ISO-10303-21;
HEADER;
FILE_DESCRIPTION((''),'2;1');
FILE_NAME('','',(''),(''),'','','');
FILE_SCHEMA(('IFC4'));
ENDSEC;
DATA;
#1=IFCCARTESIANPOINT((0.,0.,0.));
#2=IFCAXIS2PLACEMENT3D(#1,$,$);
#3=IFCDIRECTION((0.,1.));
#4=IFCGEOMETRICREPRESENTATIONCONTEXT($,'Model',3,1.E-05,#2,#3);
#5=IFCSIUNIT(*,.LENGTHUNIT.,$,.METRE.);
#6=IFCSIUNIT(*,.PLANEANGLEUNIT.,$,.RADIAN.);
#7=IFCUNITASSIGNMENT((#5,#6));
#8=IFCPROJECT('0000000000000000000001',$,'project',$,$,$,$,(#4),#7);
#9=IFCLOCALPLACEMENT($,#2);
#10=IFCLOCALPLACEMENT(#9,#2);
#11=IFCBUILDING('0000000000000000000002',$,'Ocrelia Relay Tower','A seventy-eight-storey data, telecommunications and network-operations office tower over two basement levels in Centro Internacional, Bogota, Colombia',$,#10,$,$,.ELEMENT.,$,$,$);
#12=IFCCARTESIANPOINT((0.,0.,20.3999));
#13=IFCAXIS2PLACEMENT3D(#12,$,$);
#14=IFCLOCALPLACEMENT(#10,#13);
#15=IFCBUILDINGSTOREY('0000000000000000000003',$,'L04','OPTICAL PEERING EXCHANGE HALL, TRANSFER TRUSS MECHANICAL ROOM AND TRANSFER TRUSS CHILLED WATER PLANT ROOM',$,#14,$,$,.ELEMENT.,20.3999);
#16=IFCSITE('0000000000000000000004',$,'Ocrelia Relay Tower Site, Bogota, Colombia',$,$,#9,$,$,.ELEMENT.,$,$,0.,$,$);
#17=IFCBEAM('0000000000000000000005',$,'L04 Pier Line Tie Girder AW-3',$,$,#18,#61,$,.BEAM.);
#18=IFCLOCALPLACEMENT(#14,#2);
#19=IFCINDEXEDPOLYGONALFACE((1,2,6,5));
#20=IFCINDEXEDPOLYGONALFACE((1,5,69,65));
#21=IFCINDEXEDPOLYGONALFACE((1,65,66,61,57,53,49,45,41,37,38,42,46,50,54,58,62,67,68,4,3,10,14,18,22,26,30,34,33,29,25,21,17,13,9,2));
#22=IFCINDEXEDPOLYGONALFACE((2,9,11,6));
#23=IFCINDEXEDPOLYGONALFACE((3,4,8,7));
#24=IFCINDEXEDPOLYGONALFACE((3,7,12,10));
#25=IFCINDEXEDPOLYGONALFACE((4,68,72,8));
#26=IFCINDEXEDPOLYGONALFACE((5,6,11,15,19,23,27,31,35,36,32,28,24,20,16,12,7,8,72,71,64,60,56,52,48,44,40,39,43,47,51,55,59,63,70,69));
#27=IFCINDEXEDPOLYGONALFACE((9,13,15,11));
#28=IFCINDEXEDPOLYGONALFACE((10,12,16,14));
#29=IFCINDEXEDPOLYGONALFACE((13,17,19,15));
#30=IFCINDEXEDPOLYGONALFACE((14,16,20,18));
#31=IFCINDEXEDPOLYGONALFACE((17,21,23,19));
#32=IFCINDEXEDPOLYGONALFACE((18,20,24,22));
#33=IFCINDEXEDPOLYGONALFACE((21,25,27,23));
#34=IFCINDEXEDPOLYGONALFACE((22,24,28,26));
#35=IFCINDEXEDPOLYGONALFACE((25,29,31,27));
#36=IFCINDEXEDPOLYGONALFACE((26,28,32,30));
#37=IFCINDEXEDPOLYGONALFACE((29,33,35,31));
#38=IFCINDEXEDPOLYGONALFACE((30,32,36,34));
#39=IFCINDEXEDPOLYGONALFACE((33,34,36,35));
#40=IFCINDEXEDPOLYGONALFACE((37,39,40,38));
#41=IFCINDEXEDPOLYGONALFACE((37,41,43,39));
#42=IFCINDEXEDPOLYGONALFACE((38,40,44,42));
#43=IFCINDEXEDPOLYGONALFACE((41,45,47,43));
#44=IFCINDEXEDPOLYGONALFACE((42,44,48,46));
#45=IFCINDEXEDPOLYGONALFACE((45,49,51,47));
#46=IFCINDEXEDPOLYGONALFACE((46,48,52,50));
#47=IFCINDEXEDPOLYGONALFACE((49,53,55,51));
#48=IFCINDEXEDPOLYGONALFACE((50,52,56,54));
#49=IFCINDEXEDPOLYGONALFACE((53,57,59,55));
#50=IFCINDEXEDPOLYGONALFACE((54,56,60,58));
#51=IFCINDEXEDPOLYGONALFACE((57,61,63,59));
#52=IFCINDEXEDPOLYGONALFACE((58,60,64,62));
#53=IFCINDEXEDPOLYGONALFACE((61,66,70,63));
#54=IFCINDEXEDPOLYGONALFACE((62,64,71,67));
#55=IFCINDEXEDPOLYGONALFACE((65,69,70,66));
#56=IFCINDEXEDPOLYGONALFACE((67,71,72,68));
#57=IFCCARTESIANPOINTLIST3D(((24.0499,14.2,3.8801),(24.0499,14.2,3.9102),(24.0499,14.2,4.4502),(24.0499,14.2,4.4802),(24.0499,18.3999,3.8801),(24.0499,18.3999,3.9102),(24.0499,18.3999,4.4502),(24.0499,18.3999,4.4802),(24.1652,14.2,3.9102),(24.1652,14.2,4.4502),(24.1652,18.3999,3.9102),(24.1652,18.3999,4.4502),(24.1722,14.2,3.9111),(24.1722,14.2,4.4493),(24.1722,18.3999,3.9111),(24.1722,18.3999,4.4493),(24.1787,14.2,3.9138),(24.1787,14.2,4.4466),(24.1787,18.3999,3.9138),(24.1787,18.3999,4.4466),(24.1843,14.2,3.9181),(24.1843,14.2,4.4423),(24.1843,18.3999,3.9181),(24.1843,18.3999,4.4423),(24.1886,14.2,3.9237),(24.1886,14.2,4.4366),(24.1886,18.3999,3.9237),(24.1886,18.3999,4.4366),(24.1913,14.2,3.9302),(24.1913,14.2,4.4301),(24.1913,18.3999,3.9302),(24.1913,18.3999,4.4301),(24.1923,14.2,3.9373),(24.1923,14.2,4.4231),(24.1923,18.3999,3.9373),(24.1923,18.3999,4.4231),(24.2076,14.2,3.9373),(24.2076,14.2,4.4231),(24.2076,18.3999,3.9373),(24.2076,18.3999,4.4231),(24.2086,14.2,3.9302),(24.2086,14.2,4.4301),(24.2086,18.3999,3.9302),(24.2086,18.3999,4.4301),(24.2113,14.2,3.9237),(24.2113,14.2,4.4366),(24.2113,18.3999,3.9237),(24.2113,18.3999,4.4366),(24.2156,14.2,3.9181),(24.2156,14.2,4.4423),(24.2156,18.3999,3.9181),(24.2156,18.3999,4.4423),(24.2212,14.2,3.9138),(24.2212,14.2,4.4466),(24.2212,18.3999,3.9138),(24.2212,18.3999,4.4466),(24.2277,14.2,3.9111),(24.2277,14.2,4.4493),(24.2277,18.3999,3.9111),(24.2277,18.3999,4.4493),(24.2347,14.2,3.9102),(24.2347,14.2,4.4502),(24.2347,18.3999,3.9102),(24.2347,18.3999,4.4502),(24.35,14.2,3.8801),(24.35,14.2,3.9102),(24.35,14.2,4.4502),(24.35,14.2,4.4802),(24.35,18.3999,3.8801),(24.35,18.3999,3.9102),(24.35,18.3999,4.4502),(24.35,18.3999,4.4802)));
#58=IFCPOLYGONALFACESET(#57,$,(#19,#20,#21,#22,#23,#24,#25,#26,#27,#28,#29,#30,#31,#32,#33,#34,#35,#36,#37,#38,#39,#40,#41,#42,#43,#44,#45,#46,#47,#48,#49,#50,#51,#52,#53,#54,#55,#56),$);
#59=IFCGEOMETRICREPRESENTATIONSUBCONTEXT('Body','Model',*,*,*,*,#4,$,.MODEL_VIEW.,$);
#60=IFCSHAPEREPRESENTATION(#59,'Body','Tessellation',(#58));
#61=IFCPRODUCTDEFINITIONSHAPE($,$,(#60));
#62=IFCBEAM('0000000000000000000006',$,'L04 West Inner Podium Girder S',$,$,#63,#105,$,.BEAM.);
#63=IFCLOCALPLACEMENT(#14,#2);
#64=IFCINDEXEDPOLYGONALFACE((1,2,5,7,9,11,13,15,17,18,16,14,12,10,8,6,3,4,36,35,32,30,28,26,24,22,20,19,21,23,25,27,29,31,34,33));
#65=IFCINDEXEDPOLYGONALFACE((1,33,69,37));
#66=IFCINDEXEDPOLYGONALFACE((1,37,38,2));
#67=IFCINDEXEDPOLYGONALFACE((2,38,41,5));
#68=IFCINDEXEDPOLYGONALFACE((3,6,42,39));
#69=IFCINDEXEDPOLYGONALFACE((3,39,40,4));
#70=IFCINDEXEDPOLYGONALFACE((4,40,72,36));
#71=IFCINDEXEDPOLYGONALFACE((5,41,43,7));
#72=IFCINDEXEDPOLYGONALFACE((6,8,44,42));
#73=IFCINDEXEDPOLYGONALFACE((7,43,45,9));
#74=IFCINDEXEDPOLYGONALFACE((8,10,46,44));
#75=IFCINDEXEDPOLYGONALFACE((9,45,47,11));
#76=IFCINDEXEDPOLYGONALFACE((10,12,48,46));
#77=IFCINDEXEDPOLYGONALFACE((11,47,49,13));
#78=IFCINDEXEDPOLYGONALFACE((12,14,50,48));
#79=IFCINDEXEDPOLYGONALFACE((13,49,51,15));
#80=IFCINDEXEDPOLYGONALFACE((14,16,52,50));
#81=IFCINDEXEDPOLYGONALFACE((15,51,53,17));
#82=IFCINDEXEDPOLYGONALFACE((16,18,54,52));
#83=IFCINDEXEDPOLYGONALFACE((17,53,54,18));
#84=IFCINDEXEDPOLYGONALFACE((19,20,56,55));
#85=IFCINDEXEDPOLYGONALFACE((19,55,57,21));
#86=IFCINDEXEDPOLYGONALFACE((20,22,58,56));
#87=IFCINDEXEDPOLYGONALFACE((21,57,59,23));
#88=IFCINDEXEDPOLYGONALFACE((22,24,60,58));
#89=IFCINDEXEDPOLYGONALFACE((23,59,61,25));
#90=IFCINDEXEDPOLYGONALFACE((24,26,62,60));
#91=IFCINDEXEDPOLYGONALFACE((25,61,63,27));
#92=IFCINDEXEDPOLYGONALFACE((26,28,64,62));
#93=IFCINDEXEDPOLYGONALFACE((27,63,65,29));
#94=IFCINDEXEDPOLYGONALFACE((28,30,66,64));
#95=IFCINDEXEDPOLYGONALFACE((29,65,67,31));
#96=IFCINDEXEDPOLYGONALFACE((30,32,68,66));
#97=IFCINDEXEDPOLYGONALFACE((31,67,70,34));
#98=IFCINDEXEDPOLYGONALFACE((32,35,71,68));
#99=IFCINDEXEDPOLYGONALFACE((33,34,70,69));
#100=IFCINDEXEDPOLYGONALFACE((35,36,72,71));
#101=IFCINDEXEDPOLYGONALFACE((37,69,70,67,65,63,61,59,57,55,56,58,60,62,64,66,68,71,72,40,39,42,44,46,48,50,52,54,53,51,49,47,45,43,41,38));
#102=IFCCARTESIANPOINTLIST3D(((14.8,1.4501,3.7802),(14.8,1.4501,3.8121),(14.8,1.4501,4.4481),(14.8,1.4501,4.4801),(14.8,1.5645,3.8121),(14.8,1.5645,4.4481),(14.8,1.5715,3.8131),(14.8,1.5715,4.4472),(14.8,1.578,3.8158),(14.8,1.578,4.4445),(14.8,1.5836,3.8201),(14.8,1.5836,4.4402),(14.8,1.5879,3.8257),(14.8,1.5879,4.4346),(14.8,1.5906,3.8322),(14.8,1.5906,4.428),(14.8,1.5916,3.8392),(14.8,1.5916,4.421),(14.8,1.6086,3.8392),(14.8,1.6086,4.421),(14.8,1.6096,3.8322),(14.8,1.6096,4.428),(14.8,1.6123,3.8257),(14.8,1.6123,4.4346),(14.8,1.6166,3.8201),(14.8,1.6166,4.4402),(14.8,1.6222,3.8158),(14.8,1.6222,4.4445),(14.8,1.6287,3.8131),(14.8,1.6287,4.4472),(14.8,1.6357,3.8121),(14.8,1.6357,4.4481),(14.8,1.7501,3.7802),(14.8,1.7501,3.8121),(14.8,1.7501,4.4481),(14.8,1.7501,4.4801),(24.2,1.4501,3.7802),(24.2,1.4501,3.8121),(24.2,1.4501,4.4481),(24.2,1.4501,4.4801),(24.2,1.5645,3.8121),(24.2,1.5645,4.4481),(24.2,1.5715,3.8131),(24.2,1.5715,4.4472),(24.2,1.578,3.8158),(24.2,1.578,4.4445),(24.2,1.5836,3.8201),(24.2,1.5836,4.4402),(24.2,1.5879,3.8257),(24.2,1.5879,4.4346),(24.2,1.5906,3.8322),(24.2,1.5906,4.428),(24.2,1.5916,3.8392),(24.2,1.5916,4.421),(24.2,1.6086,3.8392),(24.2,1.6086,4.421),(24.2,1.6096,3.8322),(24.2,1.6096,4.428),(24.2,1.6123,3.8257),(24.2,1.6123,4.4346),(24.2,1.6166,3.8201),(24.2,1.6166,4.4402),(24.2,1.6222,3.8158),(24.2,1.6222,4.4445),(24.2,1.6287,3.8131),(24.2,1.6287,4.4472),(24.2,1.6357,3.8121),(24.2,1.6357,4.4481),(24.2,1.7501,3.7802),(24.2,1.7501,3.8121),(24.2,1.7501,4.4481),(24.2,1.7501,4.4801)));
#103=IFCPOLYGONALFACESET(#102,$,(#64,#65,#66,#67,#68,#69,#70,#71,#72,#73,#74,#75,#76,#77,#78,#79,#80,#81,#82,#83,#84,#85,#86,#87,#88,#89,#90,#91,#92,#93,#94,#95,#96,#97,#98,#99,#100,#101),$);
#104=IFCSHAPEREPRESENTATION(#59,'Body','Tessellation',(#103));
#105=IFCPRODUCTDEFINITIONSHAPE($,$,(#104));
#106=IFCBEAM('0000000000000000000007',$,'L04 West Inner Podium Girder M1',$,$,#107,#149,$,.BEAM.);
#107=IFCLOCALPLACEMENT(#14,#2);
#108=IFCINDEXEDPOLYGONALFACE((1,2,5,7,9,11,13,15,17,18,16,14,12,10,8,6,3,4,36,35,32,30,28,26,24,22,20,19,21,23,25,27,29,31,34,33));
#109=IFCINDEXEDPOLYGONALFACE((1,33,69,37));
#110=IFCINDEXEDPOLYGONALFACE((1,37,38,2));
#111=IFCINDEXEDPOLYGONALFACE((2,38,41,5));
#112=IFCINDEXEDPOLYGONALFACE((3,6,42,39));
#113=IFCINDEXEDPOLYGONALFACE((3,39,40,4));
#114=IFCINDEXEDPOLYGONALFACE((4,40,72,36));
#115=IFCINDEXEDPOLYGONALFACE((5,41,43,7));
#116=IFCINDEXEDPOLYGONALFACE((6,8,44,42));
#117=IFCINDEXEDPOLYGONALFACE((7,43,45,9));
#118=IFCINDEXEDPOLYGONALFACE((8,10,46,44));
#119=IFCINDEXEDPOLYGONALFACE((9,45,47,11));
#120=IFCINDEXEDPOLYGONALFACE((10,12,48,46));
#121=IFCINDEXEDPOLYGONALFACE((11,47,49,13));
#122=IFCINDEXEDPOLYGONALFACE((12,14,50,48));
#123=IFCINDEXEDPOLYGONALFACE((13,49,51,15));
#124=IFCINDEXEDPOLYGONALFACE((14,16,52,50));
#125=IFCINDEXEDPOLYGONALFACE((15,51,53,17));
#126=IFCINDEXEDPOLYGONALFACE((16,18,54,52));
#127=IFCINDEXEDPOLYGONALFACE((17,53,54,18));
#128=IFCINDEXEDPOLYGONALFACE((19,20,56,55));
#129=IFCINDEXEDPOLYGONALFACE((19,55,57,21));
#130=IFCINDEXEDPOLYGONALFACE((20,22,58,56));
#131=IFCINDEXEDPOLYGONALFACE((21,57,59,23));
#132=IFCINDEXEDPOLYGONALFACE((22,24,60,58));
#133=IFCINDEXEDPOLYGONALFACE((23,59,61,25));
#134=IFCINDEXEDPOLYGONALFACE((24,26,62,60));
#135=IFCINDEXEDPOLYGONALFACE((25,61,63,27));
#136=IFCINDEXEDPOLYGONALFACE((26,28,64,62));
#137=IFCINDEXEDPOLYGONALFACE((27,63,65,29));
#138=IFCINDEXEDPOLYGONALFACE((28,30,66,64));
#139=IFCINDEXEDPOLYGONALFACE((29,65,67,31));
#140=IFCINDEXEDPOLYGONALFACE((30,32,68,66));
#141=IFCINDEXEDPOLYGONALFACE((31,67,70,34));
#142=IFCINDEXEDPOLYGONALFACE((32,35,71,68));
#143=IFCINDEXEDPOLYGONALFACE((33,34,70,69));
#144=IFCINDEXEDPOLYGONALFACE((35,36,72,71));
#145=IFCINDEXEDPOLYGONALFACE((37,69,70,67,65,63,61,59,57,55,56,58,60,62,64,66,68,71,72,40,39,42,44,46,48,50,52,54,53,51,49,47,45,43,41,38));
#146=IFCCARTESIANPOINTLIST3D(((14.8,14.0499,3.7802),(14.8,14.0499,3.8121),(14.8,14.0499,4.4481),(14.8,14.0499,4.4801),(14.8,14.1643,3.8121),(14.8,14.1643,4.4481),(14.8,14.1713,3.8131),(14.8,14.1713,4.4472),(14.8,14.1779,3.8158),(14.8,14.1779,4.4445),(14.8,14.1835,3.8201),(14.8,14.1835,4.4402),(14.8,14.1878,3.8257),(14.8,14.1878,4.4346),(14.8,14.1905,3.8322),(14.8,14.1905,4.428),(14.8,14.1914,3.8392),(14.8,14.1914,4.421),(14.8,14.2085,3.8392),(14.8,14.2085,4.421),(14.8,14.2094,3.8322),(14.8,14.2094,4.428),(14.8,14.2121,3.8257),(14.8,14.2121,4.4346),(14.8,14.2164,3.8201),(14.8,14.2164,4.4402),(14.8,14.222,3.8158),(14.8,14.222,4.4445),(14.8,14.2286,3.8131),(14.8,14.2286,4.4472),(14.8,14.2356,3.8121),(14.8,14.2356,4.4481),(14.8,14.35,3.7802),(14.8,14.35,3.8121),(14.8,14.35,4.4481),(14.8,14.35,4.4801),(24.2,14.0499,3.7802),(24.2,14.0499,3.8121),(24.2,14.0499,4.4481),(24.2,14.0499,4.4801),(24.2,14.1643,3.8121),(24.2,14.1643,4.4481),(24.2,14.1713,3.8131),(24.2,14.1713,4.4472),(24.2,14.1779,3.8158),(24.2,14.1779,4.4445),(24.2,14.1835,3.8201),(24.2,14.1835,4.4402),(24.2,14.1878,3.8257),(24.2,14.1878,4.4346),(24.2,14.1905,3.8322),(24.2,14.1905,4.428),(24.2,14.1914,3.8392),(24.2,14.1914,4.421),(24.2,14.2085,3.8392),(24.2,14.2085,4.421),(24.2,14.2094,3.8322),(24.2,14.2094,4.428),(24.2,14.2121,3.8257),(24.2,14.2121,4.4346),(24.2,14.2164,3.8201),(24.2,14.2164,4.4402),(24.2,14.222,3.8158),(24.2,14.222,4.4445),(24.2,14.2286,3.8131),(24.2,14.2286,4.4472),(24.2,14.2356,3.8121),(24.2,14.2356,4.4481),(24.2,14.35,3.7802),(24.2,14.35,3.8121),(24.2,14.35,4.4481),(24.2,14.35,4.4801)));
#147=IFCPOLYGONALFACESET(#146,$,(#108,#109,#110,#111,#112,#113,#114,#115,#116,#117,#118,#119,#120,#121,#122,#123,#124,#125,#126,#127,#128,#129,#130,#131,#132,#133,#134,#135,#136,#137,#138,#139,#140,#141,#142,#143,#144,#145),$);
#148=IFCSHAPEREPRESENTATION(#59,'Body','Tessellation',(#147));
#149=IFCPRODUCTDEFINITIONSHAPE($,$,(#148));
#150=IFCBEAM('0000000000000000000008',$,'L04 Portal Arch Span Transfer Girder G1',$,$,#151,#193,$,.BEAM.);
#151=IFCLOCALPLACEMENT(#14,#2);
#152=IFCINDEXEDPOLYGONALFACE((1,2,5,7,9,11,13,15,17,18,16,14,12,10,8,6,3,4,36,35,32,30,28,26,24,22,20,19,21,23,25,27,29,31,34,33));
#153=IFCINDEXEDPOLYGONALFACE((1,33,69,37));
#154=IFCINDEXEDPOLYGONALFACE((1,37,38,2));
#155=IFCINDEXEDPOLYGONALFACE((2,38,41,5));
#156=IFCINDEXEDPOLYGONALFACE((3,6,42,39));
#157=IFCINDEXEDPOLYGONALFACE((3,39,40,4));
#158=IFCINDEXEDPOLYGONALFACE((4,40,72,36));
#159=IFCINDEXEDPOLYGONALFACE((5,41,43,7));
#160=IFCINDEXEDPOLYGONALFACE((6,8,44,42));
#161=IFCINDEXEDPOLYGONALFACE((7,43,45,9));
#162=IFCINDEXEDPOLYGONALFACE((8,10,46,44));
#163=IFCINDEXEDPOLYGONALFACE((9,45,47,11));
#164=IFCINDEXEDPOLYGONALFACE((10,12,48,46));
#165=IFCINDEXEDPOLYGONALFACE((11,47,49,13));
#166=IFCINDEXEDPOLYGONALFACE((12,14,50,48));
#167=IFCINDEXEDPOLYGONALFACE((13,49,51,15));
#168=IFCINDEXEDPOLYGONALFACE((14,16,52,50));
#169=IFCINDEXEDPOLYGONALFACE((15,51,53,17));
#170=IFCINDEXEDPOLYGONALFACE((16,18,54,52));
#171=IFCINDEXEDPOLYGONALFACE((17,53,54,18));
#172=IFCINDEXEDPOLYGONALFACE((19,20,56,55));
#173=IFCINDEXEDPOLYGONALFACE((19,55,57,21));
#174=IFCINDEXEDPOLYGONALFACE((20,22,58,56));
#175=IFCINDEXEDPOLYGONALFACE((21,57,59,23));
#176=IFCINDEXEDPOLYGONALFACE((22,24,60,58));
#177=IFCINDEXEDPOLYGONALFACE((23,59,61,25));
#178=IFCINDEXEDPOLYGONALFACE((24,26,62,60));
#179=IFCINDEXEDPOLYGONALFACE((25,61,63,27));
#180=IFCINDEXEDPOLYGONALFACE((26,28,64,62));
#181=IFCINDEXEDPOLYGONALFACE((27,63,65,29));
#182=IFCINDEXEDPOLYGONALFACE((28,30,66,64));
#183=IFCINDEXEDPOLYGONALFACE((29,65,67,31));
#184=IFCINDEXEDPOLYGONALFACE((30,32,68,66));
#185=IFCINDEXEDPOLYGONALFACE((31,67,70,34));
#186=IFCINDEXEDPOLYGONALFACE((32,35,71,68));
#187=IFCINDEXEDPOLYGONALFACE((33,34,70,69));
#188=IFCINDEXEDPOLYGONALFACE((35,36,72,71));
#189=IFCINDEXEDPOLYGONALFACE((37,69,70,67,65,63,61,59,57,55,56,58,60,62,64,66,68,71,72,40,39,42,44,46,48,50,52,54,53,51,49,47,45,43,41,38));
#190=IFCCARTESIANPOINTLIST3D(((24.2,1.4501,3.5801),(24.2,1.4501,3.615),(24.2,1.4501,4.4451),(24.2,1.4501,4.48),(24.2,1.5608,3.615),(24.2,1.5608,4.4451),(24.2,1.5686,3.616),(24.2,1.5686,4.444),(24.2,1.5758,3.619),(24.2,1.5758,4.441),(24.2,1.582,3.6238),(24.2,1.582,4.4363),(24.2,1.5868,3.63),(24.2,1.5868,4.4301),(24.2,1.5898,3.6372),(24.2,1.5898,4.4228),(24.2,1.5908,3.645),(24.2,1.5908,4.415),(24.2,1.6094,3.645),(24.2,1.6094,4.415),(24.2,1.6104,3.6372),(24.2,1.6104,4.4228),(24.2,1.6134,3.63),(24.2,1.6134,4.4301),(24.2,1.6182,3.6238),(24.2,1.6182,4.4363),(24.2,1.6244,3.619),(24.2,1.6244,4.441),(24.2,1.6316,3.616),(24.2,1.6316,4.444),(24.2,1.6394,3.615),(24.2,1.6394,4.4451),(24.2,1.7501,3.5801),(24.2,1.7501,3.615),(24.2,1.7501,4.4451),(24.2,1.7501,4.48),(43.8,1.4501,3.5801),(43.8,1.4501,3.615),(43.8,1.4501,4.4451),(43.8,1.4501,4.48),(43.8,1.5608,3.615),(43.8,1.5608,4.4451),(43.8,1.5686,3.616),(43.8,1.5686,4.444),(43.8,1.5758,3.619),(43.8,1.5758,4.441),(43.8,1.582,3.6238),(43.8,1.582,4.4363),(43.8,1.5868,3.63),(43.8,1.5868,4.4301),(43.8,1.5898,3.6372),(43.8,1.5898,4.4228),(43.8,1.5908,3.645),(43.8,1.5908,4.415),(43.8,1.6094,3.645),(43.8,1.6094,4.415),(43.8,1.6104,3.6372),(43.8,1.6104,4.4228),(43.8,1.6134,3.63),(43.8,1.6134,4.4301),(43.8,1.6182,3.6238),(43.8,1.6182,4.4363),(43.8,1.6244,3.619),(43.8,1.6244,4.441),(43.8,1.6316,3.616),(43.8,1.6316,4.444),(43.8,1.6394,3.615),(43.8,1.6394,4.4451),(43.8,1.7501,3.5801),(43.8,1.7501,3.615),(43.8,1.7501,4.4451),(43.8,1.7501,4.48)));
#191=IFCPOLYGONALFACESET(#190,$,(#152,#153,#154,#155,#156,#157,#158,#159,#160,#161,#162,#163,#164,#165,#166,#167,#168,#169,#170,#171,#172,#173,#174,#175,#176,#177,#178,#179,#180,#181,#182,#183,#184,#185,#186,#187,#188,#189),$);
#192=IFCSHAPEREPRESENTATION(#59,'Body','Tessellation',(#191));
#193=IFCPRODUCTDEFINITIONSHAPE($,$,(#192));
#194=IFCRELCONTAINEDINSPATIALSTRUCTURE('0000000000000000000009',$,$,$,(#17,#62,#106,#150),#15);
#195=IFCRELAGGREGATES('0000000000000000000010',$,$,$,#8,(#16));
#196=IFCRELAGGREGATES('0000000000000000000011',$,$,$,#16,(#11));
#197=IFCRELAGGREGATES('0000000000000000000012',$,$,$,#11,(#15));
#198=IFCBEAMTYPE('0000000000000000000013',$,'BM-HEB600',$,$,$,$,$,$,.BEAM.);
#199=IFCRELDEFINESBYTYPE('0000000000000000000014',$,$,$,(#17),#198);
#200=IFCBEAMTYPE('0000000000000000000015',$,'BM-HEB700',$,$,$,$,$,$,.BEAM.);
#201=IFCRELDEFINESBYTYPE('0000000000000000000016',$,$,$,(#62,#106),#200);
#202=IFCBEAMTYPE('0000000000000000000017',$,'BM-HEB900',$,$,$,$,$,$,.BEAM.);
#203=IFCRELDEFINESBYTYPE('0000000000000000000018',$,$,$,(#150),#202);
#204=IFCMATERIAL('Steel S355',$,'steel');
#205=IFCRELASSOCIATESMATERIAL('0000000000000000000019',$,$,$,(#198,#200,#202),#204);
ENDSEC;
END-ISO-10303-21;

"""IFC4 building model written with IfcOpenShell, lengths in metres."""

from ifc_helpers import new_model, si_unit, direction, frame, origin, origin_2d, place, context, subcontext, project, spatial, i_section, extrude, material, material_profile, profile_set, type_object, element, save


model = new_model("IFC4")

# Units and contexts
model_context = context("Model", 3, precision=1e-05, world=origin(), true_north=direction((0.0, 1.0)))
body_context = subcontext(model_context, "Body", "Model", "MODEL_VIEW")
ifc_project = project(units=[si_unit("LENGTHUNIT", "METRE"), si_unit("PLANEANGLEUNIT", "RADIAN")], contexts=[model_context])

# Site, building, storey
site_placement = place(None, origin())
site = spatial("IfcSite", under=ifc_project, at=site_placement, Name="Ocrelia Relay Tower Site, Bogota, Colombia", CompositionType="ELEMENT", RefElevation=0.0)
building_placement = place(site_placement, origin())
building = spatial("IfcBuilding", under=site, at=building_placement, Name="Ocrelia Relay Tower", Description="A seventy-eight-storey data, telecommunications and network-operations office tower over two basement levels in Centro Internacional, Bogota, Colombia", CompositionType="ELEMENT")
storey_placement = place(building_placement, frame((0.0, 0.0, 20.3999)))
storey = spatial("IfcBuildingStorey", under=building, at=storey_placement, Name="L04", Description="OPTICAL PEERING EXCHANGE HALL, TRANSFER TRUSS MECHANICAL ROOM AND TRANSFER TRUSS CHILLED WATER PLANT ROOM", CompositionType="ELEMENT", Elevation=20.3999)

# Beams
ifc_material_1 = material(Name="Steel S355", Category="steel")
ifc_material_profile_1 = material_profile(ifc_material_1, i_section(OverallWidth=0.3, OverallDepth=0.6001, WebThickness=0.0154, FlangeThickness=0.03, FilletRadius=0.0271, at=origin_2d()), Name="HEB 600")
ifc_profile_set_1 = profile_set([ifc_material_profile_1], Name="Steel S355")
beam_type_1 = type_object("IfcBeamType", Name="BM-HEB600", PredefinedType="BEAM", material=ifc_profile_set_1)
beam_1_placement = place(storey_placement, frame((24.2, 14.2, 4.1802), z_axis=(0.0, 1.0, 0.0), x_axis=(-1.0, 0.0, 0.0)))
element("IfcBeam", 1, at=beam_1_placement, inside=storey, type_object=beam_type_1, Name="L04 Pier Line Tie Girder AW-3", PredefinedType="BEAM", context=body_context, shape_type="SweptSolid", body=[
    extrude(i_section(OverallWidth=0.3, OverallDepth=0.6001, WebThickness=0.0154, FlangeThickness=0.03, FilletRadius=0.0271, at=origin_2d()), origin(), (0.0, 0.0, 1.0), 4.2),
])
ifc_material_profile_2 = material_profile(ifc_material_1, i_section(OverallWidth=0.3, OverallDepth=0.7, WebThickness=0.0171, FlangeThickness=0.032, FilletRadius=0.0271, at=origin_2d()), Name="HEB 700")
ifc_profile_set_2 = profile_set([ifc_material_profile_2], Name="Steel S355")
beam_type_2 = type_object("IfcBeamType", Name="BM-HEB700", PredefinedType="BEAM", material=ifc_profile_set_2)
for number, where, z_axis, x_axis, name in (
    (2, (14.8, 1.6001, 4.1301), (1.0, 0.0, 0.0), (0.0, 1.0, 0.0), "L04 West Inner Podium Girder S"),
    (3, (14.8, 14.2, 4.1301), (1.0, 0.0, 0.0), (0.0, 1.0, 0.0), "L04 West Inner Podium Girder M1"),
):
    element("IfcBeam", number, at=place(storey_placement, frame(where, z_axis=z_axis, x_axis=x_axis)), inside=storey, type_object=beam_type_2, Name=name, PredefinedType="BEAM", context=body_context, shape_type="SweptSolid", body=[
        extrude(i_section(OverallWidth=0.3, OverallDepth=0.7, WebThickness=0.0171, FlangeThickness=0.032, FilletRadius=0.0271, at=origin_2d()), origin(), (0.0, 0.0, 1.0), 9.3999),
    ])
ifc_material_profile_3 = material_profile(ifc_material_1, i_section(OverallWidth=0.3, OverallDepth=0.8999, WebThickness=0.0186, FlangeThickness=0.0349, FilletRadius=0.03, at=origin_2d()), Name="HEB 900")
ifc_profile_set_3 = profile_set([ifc_material_profile_3], Name="Steel S355")
beam_type_3 = type_object("IfcBeamType", Name="BM-HEB900", PredefinedType="BEAM", material=ifc_profile_set_3)
for number, where, z_axis, x_axis, name in (
    (4, (24.2, 1.6001, 4.03), (1.0, 0.0, 0.0), (0.0, 1.0, 0.0), "L04 Portal Arch Span Transfer Girder G1"),
):
    element("IfcBeam", number, at=place(storey_placement, frame(where, z_axis=z_axis, x_axis=x_axis)), inside=storey, type_object=beam_type_3, Name=name, PredefinedType="BEAM", context=body_context, shape_type="SweptSolid", body=[
        extrude(i_section(OverallWidth=0.3, OverallDepth=0.8999, WebThickness=0.0186, FlangeThickness=0.0349, FilletRadius=0.03, at=origin_2d()), origin(), (0.0, 0.0, 1.0), 19.6001),
    ])

save(model, "model.ifc")
